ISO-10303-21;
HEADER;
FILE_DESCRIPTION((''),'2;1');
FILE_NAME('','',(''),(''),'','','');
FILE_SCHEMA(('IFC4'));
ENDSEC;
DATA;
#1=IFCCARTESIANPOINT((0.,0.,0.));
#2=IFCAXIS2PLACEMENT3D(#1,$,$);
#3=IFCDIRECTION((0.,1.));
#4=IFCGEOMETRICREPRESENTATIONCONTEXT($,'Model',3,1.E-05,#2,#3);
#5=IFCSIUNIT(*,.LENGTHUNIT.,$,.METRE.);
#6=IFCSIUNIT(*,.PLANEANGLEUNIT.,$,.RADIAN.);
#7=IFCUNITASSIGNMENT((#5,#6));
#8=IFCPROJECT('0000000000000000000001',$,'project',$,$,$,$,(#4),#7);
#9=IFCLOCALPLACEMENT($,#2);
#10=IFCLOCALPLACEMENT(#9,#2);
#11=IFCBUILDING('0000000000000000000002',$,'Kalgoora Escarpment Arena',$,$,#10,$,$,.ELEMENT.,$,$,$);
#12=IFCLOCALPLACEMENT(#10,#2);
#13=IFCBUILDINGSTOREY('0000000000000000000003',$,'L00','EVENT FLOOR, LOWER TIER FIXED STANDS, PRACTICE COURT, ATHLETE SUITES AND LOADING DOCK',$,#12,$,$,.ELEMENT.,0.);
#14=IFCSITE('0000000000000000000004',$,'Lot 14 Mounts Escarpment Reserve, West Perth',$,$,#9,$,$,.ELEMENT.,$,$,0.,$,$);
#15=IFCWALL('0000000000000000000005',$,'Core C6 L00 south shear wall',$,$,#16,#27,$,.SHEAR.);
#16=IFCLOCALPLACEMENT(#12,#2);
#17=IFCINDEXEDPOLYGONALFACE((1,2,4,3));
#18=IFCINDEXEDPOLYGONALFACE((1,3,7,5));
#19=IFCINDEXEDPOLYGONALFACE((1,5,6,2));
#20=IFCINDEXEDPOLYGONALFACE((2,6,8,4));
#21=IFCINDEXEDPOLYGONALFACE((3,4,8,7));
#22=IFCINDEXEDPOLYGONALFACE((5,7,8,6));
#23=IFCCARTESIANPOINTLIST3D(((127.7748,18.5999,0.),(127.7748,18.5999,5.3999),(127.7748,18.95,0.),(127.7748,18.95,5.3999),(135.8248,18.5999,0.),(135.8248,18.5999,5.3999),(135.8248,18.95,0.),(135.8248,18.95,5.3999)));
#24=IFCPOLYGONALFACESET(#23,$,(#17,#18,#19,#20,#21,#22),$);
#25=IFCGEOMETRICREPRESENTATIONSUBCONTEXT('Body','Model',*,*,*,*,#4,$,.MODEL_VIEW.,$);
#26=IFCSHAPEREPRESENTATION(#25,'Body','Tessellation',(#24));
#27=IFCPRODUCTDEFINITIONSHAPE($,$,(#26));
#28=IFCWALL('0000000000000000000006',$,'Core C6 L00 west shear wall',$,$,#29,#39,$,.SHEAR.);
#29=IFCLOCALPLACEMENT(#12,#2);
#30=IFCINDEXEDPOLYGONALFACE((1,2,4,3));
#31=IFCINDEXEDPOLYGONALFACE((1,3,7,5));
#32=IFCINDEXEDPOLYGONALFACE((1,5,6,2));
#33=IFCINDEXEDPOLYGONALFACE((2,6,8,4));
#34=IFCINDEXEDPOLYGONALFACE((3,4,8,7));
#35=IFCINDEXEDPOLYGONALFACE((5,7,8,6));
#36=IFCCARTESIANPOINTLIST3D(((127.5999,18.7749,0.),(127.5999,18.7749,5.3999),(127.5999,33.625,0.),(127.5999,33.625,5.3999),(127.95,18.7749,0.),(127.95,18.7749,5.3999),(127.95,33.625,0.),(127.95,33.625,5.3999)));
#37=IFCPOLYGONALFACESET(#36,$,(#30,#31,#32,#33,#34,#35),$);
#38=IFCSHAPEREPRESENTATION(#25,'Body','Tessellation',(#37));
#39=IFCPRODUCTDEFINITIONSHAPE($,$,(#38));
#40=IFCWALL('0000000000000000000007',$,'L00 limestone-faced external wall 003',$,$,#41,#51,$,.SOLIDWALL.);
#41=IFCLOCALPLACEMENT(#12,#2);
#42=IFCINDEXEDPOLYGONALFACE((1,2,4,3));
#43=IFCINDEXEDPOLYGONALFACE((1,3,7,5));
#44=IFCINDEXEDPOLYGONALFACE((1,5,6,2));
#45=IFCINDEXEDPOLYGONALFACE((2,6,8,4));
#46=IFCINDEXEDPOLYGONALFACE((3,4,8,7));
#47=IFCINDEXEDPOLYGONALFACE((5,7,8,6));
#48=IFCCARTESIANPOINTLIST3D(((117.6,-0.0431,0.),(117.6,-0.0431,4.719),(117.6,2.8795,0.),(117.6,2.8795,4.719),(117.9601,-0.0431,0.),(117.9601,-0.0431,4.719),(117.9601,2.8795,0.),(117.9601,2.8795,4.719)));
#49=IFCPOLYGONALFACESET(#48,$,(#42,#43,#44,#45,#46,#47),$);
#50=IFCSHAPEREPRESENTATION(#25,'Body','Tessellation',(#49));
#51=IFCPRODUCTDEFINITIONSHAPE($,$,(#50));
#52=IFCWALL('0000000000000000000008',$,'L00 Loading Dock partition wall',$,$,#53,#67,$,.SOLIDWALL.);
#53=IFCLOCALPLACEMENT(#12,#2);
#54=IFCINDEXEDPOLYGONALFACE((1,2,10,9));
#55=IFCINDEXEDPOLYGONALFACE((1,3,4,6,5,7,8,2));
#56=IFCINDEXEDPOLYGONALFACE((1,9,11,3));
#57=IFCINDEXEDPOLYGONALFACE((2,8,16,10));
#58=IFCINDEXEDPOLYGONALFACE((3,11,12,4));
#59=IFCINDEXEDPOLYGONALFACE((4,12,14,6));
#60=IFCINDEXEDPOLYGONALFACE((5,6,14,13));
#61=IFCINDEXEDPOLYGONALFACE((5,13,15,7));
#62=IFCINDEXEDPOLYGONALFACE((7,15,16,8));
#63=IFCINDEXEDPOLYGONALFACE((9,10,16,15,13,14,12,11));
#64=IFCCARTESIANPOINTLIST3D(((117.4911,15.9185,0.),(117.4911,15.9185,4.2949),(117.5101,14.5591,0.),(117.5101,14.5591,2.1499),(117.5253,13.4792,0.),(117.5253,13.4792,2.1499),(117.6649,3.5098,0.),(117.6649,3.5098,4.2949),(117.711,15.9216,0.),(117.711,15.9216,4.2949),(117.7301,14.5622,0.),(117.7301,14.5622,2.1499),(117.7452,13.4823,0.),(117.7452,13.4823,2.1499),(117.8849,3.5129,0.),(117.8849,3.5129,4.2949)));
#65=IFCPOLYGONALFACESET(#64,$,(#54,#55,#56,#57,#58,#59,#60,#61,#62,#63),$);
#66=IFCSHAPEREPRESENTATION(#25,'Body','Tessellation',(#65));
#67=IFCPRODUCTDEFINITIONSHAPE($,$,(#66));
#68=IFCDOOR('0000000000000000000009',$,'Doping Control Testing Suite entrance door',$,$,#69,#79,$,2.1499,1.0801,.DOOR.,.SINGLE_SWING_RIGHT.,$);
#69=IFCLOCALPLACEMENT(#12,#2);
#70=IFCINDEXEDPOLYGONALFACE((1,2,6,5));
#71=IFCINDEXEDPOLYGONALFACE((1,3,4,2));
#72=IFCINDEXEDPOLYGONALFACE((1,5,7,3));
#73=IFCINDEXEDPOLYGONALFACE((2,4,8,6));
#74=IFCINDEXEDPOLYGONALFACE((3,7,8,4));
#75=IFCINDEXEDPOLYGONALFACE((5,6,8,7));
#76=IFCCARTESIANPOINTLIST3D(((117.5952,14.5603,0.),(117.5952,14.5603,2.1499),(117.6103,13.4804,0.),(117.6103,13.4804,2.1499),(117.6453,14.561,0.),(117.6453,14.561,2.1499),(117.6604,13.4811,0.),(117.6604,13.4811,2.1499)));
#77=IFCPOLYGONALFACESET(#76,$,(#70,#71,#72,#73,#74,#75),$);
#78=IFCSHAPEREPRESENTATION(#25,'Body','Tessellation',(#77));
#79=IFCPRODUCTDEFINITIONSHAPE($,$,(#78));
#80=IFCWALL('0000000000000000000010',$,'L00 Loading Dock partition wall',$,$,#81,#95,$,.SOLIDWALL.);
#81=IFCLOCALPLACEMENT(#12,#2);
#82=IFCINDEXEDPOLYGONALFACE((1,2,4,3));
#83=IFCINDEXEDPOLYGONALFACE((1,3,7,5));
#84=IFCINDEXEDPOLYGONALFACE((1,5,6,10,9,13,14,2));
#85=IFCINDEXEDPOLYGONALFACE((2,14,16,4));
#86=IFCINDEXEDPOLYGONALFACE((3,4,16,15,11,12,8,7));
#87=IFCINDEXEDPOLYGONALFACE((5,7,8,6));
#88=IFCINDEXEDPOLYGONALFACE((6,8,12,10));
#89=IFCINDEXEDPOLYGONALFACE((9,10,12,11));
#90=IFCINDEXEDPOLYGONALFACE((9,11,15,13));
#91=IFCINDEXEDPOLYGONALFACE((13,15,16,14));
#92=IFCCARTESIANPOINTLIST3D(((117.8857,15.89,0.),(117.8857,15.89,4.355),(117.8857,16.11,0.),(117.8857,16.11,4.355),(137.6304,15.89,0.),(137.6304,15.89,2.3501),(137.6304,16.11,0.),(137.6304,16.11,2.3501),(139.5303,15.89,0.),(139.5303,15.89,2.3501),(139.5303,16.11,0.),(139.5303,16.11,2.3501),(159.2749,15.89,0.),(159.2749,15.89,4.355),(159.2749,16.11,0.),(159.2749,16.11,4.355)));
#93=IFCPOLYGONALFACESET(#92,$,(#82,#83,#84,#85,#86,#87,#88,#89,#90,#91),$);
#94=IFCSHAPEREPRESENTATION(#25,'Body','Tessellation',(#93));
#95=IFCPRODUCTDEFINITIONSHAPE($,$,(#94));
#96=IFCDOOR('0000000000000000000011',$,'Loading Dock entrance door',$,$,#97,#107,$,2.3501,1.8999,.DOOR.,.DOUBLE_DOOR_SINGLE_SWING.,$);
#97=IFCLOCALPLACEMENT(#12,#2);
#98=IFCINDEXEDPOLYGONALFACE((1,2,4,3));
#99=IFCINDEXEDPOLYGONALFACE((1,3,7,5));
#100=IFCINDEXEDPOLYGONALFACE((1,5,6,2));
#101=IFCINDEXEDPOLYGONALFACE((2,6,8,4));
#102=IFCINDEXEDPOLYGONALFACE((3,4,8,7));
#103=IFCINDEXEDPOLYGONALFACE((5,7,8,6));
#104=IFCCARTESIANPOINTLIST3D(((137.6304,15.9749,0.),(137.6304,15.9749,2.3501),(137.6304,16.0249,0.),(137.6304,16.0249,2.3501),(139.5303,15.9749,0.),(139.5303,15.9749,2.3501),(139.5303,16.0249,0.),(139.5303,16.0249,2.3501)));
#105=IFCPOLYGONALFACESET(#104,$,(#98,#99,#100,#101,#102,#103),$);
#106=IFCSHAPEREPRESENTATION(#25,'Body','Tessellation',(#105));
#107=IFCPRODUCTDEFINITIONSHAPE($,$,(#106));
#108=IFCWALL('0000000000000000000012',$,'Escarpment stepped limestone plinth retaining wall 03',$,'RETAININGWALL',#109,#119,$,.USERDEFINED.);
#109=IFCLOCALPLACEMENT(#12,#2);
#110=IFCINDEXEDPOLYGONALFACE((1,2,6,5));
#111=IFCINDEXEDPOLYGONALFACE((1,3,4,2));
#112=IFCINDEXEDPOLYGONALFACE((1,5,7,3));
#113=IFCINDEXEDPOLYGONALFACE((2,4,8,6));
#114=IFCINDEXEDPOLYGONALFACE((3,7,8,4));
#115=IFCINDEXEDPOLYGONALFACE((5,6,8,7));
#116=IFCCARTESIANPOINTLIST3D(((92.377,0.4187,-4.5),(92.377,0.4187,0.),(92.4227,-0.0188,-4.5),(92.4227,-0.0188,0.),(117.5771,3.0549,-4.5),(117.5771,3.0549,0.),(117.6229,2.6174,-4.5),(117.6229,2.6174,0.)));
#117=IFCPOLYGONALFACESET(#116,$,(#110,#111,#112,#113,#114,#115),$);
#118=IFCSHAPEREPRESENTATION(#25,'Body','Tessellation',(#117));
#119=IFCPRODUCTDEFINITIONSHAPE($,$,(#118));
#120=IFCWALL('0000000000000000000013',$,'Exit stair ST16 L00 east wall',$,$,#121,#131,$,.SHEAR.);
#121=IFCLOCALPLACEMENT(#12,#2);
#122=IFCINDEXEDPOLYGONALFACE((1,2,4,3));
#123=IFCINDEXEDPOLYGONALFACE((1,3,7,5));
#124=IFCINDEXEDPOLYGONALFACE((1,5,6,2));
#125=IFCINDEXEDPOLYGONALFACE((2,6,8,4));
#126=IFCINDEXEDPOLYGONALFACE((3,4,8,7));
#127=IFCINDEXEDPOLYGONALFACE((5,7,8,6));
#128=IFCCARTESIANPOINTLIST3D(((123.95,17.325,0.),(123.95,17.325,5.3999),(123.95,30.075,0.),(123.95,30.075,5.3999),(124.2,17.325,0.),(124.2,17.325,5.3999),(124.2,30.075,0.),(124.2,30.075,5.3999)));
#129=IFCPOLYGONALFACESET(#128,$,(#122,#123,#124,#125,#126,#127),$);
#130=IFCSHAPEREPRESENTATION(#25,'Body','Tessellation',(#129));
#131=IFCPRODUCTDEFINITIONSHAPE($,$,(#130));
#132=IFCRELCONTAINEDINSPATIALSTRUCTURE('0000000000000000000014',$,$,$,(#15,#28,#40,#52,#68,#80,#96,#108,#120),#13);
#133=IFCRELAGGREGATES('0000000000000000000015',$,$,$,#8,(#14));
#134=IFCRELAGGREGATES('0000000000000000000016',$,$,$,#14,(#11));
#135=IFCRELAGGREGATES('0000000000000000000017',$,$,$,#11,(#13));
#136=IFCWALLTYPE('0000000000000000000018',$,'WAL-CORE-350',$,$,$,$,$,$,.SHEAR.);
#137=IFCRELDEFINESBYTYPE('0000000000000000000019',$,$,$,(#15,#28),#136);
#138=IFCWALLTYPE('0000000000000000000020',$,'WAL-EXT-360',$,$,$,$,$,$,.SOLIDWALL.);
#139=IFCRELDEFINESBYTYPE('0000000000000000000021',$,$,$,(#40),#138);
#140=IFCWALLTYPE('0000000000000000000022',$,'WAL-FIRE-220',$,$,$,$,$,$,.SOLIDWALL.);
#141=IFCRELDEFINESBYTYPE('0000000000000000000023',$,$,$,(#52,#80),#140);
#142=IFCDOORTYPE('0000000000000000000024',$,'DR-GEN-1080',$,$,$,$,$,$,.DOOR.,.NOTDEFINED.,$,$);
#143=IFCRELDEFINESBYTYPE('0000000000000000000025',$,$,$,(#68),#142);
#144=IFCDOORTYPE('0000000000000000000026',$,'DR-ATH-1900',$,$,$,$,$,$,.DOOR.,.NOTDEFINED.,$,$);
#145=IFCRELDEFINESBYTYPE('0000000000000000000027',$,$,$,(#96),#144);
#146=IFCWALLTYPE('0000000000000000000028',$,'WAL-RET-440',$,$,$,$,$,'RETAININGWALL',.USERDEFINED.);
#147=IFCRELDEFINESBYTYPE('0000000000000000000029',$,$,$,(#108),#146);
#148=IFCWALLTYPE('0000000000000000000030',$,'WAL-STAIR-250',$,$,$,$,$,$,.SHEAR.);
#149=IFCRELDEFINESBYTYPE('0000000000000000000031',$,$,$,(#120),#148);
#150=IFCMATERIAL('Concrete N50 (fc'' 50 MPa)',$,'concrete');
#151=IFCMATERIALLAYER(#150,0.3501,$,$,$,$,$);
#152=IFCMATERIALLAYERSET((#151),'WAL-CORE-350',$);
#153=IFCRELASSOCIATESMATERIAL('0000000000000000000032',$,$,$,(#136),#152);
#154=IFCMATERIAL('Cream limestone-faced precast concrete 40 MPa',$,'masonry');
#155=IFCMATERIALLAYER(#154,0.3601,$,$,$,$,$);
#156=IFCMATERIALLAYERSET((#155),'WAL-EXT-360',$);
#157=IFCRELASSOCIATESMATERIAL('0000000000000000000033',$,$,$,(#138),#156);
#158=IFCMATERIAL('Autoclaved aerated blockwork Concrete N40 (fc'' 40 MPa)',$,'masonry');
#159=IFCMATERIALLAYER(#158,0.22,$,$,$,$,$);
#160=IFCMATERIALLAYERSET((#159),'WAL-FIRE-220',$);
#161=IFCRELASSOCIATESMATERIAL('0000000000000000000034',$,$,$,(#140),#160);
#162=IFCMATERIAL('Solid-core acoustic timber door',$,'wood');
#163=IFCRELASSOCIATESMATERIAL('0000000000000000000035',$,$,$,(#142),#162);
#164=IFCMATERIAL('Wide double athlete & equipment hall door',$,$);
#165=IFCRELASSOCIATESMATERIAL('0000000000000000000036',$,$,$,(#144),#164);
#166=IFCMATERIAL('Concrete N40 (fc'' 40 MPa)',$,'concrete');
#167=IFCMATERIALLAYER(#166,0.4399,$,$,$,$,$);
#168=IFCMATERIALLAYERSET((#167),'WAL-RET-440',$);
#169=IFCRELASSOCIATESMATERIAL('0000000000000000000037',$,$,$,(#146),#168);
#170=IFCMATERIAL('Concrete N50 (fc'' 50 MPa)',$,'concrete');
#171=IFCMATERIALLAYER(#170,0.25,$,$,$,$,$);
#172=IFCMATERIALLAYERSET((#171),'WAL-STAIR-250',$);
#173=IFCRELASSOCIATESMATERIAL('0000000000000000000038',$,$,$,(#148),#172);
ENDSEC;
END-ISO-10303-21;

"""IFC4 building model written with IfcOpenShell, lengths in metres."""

from ifc_helpers import new_model, si_unit, direction, frame, frame_2d, origin, place, context, subcontext, project, spatial, rectangle, extrude, material, layer, layer_set, type_object, element, fill, save


model = new_model("IFC4")

# Units and contexts
model_context = context("Model", 3, precision=1e-05, world=origin(), true_north=direction((0.0, 1.0)))
body_context = subcontext(model_context, "Body", "Model", "MODEL_VIEW")
ifc_project = project(units=[si_unit("LENGTHUNIT", "METRE"), si_unit("PLANEANGLEUNIT", "RADIAN")], contexts=[model_context])

# Site, building, storey
site_placement = place(None, origin())
site = spatial("IfcSite", under=ifc_project, at=site_placement, Name="Lot 14 Mounts Escarpment Reserve, West Perth", CompositionType="ELEMENT", RefElevation=0.0)
building_placement = place(site_placement, origin())
building = spatial("IfcBuilding", under=site, at=building_placement, Name="Kalgoora Escarpment Arena", CompositionType="ELEMENT")
storey_placement = place(building_placement, origin())
storey = spatial("IfcBuildingStorey", under=building, at=storey_placement, Name="L00", Description="EVENT FLOOR, LOWER TIER FIXED STANDS, PRACTICE COURT, ATHLETE SUITES AND LOADING DOCK", CompositionType="ELEMENT", Elevation=0.0)

# Walls
ifc_material_1 = material(Name="Concrete N50 (fc' 50 MPa)", Category="concrete")
ifc_layer_1 = layer(ifc_material_1, 0.3501)
ifc_layer_set_1 = layer_set([ifc_layer_1], Name="WAL-CORE-350")
wall_type_1 = type_object("IfcWallType", Name="WAL-CORE-350", PredefinedType="SHEAR", material=ifc_layer_set_1)
wall_1_placement = place(storey_placement, frame((127.7749, 18.7749, 0.0), z_axis=(0.0, 0.0, 1.0), x_axis=(1.0, 0.0, 0.0)))
element("IfcWall", 1, at=wall_1_placement, inside=storey, type_object=wall_type_1, Name="Core C6 L00 south shear wall", PredefinedType="SHEAR", context=body_context, shape_type="SweptSolid", body=[
    extrude(rectangle(XDim=8.05, YDim=0.3501, at=frame_2d((4.0249, 0.0))), origin(), (0.0, 0.0, 1.0), 5.3999),
])
wall_2_placement = place(storey_placement, frame((127.7749, 18.7749, 0.0), z_axis=(0.0, 0.0, 1.0), x_axis=(0.0, 1.0, 0.0)))
element("IfcWall", 2, at=wall_2_placement, inside=storey, type_object=wall_type_1, Name="Core C6 L00 west shear wall", PredefinedType="SHEAR", context=body_context, shape_type="SweptSolid", body=[
    extrude(rectangle(XDim=14.8501, YDim=0.3501, at=frame_2d((7.425, 0.0))), origin(), (0.0, 0.0, 1.0), 5.3999),
])
ifc_material_2 = material(Name="Cream limestone-faced precast concrete 40 MPa", Category="masonry")
ifc_layer_2 = layer(ifc_material_2, 0.3601)
ifc_layer_set_2 = layer_set([ifc_layer_2], Name="WAL-EXT-360")
wall_type_2 = type_object("IfcWallType", Name="WAL-EXT-360", PredefinedType="SOLIDWALL", material=ifc_layer_set_2)
wall_3_placement = place(storey_placement, frame((117.78, -0.0432, 0.0), z_axis=(0.0, 0.0, 1.0), x_axis=(0.0, 1.0, 0.0)))
element("IfcWall", 3, at=wall_3_placement, inside=storey, type_object=wall_type_2, Name="L00 limestone-faced external wall 003", PredefinedType="SOLIDWALL", context=body_context, shape_type="SweptSolid", body=[
    extrude(rectangle(XDim=2.9226, YDim=0.3601, at=frame_2d((1.4614, 0.0))), origin(), (0.0, 0.0, 1.0), 4.719),
])

# Walls, openings, doors
ifc_material_3 = material(Name="Autoclaved aerated blockwork Concrete N40 (fc' 40 MPa)", Category="masonry")
ifc_layer_3 = layer(ifc_material_3, 0.22)
ifc_layer_set_3 = layer_set([ifc_layer_3], Name="WAL-FIRE-220")
wall_type_3 = type_object("IfcWallType", Name="WAL-FIRE-220", PredefinedType="SOLIDWALL", material=ifc_layer_set_3)
wall_4_placement = place(storey_placement, frame((117.7749, 3.5112, 0.0), z_axis=(0.0, 0.0, 1.0), x_axis=(-0.014007, 0.999902, 0.0)))
wall_4 = element("IfcWall", 4, at=wall_4_placement, inside=storey, type_object=wall_type_3, Name="L00 Loading Dock partition wall", PredefinedType="SOLIDWALL", context=body_context, shape_type="SweptSolid", body=[
    extrude(rectangle(XDim=12.4099, YDim=0.22, at=frame_2d((6.2051, 0.0))), origin(), (0.0, 0.0, 1.0), 4.2949),
])
opening_1_placement = place(wall_4_placement, frame((9.9705, 0.0, 0.0)))
opening_1 = element("IfcOpeningElement", 5, at=opening_1_placement, cuts=wall_4, PredefinedType="OPENING", context=body_context, shape_type="SweptSolid", body=[
    extrude(rectangle(XDim=1.0801, YDim=2.1499, at=frame_2d((0.54, 1.075))), frame((0.0, 0.1199, 0.0), z_axis=(0.0, -1.0, 0.0), x_axis=(1.0, 0.0, 0.0)), (0.0, 0.0, 1.0), 0.24),
])
ifc_material_4 = material(Name="Solid-core acoustic timber door", Category="wood")
door_type_1 = type_object("IfcDoorType", Name="DR-GEN-1080", OperationType="NOTDEFINED", PredefinedType="DOOR", material=ifc_material_4)
door_1_placement = place(opening_1_placement, origin())
door_1 = element("IfcDoor", 6, at=door_1_placement, inside=storey, type_object=door_type_1, Name="Doping Control Testing Suite entrance door", OperationType="SINGLE_SWING_RIGHT", OverallHeight=2.1499, OverallWidth=1.0801, PredefinedType="DOOR", context=body_context, shape_type="SweptSolid", body=[
    extrude(rectangle(XDim=1.0801, YDim=2.1499, at=frame_2d((0.54, 1.075))), frame((0.0, 0.0249, 0.0), z_axis=(0.0, -1.0, 0.0), x_axis=(1.0, 0.0, 0.0)), (0.0, 0.0, 1.0), 0.05),
])
fill(opening_1, door_1)
wall_5_placement = place(storey_placement, frame((117.8857, 16.0, 0.0), z_axis=(0.0, 0.0, 1.0), x_axis=(1.0, 0.0, 0.0)))
wall_5 = element("IfcWall", 7, at=wall_5_placement, inside=storey, type_object=wall_type_3, Name="L00 Loading Dock partition wall", PredefinedType="SOLIDWALL", context=body_context, shape_type="SweptSolid", body=[
    extrude(rectangle(XDim=41.3892, YDim=0.22, at=frame_2d((20.6946, 0.0))), origin(), (0.0, 0.0, 1.0), 4.355),
])
opening_2_placement = place(wall_5_placement, frame((19.7446, 0.0, 0.0)))
opening_2 = element("IfcOpeningElement", 8, at=opening_2_placement, cuts=wall_5, PredefinedType="OPENING", context=body_context, shape_type="SweptSolid", body=[
    extrude(rectangle(XDim=1.8999, YDim=2.3501, at=frame_2d((0.95, 1.175))), frame((0.0, 0.1199, 0.0), z_axis=(0.0, -1.0, 0.0), x_axis=(1.0, 0.0, 0.0)), (0.0, 0.0, 1.0), 0.24),
])
ifc_material_5 = material(Name="Wide double athlete & equipment hall door")
door_type_2 = type_object("IfcDoorType", Name="DR-ATH-1900", OperationType="NOTDEFINED", PredefinedType="DOOR", material=ifc_material_5)
door_2_placement = place(opening_2_placement, origin())
door_2 = element("IfcDoor", 9, at=door_2_placement, inside=storey, type_object=door_type_2, Name="Loading Dock entrance door", OperationType="DOUBLE_DOOR_SINGLE_SWING", OverallHeight=2.3501, OverallWidth=1.8999, PredefinedType="DOOR", context=body_context, shape_type="SweptSolid", body=[
    extrude(rectangle(XDim=1.8999, YDim=2.3501, at=frame_2d((0.95, 1.175))), frame((0.0, 0.0249, 0.0), z_axis=(0.0, -1.0, 0.0), x_axis=(1.0, 0.0, 0.0)), (0.0, 0.0, 1.0), 0.05),
])
fill(opening_2, door_2)

# Walls
ifc_material_6 = material(Name="Concrete N40 (fc' 40 MPa)", Category="concrete")
ifc_layer_4 = layer(ifc_material_6, 0.4399)
ifc_layer_set_4 = layer_set([ifc_layer_4], Name="WAL-RET-440")
wall_type_4 = type_object("IfcWallType", Name="WAL-RET-440", ElementType="RETAININGWALL", PredefinedType="USERDEFINED", material=ifc_layer_set_4)
wall_6_placement = place(storey_placement, frame((117.6001, 2.8362, -4.5), z_axis=(0.0, 0.0, 1.0), x_axis=(-0.994573, -0.104044, 0.0)))
element("IfcWall", 10, at=wall_6_placement, inside=storey, type_object=wall_type_4, Name="Escarpment stepped limestone plinth retaining wall 03", ObjectType="RETAININGWALL", PredefinedType="USERDEFINED", context=body_context, shape_type="SweptSolid", body=[
    extrude(rectangle(XDim=25.3376, YDim=0.4399, at=frame_2d((12.6689, 0.0))), origin(), (0.0, 0.0, 1.0), 4.5),
])
ifc_material_7 = material(Name="Concrete N50 (fc' 50 MPa)", Category="concrete")
ifc_layer_5 = layer(ifc_material_7, 0.25)
ifc_layer_set_5 = layer_set([ifc_layer_5], Name="WAL-STAIR-250")
wall_type_5 = type_object("IfcWallType", Name="WAL-STAIR-250", PredefinedType="SHEAR", material=ifc_layer_set_5)
wall_7_placement = place(storey_placement, frame((124.075, 17.325, 0.0), z_axis=(0.0, 0.0, 1.0), x_axis=(0.0, 1.0, 0.0)))
element("IfcWall", 11, at=wall_7_placement, inside=storey, type_object=wall_type_5, Name="Exit stair ST16 L00 east wall", PredefinedType="SHEAR", context=body_context, shape_type="SweptSolid", body=[
    extrude(rectangle(XDim=12.75, YDim=0.25, at=frame_2d((6.375, 0.0))), origin(), (0.0, 0.0, 1.0), 5.3999),
])

save(model, "model.ifc")
